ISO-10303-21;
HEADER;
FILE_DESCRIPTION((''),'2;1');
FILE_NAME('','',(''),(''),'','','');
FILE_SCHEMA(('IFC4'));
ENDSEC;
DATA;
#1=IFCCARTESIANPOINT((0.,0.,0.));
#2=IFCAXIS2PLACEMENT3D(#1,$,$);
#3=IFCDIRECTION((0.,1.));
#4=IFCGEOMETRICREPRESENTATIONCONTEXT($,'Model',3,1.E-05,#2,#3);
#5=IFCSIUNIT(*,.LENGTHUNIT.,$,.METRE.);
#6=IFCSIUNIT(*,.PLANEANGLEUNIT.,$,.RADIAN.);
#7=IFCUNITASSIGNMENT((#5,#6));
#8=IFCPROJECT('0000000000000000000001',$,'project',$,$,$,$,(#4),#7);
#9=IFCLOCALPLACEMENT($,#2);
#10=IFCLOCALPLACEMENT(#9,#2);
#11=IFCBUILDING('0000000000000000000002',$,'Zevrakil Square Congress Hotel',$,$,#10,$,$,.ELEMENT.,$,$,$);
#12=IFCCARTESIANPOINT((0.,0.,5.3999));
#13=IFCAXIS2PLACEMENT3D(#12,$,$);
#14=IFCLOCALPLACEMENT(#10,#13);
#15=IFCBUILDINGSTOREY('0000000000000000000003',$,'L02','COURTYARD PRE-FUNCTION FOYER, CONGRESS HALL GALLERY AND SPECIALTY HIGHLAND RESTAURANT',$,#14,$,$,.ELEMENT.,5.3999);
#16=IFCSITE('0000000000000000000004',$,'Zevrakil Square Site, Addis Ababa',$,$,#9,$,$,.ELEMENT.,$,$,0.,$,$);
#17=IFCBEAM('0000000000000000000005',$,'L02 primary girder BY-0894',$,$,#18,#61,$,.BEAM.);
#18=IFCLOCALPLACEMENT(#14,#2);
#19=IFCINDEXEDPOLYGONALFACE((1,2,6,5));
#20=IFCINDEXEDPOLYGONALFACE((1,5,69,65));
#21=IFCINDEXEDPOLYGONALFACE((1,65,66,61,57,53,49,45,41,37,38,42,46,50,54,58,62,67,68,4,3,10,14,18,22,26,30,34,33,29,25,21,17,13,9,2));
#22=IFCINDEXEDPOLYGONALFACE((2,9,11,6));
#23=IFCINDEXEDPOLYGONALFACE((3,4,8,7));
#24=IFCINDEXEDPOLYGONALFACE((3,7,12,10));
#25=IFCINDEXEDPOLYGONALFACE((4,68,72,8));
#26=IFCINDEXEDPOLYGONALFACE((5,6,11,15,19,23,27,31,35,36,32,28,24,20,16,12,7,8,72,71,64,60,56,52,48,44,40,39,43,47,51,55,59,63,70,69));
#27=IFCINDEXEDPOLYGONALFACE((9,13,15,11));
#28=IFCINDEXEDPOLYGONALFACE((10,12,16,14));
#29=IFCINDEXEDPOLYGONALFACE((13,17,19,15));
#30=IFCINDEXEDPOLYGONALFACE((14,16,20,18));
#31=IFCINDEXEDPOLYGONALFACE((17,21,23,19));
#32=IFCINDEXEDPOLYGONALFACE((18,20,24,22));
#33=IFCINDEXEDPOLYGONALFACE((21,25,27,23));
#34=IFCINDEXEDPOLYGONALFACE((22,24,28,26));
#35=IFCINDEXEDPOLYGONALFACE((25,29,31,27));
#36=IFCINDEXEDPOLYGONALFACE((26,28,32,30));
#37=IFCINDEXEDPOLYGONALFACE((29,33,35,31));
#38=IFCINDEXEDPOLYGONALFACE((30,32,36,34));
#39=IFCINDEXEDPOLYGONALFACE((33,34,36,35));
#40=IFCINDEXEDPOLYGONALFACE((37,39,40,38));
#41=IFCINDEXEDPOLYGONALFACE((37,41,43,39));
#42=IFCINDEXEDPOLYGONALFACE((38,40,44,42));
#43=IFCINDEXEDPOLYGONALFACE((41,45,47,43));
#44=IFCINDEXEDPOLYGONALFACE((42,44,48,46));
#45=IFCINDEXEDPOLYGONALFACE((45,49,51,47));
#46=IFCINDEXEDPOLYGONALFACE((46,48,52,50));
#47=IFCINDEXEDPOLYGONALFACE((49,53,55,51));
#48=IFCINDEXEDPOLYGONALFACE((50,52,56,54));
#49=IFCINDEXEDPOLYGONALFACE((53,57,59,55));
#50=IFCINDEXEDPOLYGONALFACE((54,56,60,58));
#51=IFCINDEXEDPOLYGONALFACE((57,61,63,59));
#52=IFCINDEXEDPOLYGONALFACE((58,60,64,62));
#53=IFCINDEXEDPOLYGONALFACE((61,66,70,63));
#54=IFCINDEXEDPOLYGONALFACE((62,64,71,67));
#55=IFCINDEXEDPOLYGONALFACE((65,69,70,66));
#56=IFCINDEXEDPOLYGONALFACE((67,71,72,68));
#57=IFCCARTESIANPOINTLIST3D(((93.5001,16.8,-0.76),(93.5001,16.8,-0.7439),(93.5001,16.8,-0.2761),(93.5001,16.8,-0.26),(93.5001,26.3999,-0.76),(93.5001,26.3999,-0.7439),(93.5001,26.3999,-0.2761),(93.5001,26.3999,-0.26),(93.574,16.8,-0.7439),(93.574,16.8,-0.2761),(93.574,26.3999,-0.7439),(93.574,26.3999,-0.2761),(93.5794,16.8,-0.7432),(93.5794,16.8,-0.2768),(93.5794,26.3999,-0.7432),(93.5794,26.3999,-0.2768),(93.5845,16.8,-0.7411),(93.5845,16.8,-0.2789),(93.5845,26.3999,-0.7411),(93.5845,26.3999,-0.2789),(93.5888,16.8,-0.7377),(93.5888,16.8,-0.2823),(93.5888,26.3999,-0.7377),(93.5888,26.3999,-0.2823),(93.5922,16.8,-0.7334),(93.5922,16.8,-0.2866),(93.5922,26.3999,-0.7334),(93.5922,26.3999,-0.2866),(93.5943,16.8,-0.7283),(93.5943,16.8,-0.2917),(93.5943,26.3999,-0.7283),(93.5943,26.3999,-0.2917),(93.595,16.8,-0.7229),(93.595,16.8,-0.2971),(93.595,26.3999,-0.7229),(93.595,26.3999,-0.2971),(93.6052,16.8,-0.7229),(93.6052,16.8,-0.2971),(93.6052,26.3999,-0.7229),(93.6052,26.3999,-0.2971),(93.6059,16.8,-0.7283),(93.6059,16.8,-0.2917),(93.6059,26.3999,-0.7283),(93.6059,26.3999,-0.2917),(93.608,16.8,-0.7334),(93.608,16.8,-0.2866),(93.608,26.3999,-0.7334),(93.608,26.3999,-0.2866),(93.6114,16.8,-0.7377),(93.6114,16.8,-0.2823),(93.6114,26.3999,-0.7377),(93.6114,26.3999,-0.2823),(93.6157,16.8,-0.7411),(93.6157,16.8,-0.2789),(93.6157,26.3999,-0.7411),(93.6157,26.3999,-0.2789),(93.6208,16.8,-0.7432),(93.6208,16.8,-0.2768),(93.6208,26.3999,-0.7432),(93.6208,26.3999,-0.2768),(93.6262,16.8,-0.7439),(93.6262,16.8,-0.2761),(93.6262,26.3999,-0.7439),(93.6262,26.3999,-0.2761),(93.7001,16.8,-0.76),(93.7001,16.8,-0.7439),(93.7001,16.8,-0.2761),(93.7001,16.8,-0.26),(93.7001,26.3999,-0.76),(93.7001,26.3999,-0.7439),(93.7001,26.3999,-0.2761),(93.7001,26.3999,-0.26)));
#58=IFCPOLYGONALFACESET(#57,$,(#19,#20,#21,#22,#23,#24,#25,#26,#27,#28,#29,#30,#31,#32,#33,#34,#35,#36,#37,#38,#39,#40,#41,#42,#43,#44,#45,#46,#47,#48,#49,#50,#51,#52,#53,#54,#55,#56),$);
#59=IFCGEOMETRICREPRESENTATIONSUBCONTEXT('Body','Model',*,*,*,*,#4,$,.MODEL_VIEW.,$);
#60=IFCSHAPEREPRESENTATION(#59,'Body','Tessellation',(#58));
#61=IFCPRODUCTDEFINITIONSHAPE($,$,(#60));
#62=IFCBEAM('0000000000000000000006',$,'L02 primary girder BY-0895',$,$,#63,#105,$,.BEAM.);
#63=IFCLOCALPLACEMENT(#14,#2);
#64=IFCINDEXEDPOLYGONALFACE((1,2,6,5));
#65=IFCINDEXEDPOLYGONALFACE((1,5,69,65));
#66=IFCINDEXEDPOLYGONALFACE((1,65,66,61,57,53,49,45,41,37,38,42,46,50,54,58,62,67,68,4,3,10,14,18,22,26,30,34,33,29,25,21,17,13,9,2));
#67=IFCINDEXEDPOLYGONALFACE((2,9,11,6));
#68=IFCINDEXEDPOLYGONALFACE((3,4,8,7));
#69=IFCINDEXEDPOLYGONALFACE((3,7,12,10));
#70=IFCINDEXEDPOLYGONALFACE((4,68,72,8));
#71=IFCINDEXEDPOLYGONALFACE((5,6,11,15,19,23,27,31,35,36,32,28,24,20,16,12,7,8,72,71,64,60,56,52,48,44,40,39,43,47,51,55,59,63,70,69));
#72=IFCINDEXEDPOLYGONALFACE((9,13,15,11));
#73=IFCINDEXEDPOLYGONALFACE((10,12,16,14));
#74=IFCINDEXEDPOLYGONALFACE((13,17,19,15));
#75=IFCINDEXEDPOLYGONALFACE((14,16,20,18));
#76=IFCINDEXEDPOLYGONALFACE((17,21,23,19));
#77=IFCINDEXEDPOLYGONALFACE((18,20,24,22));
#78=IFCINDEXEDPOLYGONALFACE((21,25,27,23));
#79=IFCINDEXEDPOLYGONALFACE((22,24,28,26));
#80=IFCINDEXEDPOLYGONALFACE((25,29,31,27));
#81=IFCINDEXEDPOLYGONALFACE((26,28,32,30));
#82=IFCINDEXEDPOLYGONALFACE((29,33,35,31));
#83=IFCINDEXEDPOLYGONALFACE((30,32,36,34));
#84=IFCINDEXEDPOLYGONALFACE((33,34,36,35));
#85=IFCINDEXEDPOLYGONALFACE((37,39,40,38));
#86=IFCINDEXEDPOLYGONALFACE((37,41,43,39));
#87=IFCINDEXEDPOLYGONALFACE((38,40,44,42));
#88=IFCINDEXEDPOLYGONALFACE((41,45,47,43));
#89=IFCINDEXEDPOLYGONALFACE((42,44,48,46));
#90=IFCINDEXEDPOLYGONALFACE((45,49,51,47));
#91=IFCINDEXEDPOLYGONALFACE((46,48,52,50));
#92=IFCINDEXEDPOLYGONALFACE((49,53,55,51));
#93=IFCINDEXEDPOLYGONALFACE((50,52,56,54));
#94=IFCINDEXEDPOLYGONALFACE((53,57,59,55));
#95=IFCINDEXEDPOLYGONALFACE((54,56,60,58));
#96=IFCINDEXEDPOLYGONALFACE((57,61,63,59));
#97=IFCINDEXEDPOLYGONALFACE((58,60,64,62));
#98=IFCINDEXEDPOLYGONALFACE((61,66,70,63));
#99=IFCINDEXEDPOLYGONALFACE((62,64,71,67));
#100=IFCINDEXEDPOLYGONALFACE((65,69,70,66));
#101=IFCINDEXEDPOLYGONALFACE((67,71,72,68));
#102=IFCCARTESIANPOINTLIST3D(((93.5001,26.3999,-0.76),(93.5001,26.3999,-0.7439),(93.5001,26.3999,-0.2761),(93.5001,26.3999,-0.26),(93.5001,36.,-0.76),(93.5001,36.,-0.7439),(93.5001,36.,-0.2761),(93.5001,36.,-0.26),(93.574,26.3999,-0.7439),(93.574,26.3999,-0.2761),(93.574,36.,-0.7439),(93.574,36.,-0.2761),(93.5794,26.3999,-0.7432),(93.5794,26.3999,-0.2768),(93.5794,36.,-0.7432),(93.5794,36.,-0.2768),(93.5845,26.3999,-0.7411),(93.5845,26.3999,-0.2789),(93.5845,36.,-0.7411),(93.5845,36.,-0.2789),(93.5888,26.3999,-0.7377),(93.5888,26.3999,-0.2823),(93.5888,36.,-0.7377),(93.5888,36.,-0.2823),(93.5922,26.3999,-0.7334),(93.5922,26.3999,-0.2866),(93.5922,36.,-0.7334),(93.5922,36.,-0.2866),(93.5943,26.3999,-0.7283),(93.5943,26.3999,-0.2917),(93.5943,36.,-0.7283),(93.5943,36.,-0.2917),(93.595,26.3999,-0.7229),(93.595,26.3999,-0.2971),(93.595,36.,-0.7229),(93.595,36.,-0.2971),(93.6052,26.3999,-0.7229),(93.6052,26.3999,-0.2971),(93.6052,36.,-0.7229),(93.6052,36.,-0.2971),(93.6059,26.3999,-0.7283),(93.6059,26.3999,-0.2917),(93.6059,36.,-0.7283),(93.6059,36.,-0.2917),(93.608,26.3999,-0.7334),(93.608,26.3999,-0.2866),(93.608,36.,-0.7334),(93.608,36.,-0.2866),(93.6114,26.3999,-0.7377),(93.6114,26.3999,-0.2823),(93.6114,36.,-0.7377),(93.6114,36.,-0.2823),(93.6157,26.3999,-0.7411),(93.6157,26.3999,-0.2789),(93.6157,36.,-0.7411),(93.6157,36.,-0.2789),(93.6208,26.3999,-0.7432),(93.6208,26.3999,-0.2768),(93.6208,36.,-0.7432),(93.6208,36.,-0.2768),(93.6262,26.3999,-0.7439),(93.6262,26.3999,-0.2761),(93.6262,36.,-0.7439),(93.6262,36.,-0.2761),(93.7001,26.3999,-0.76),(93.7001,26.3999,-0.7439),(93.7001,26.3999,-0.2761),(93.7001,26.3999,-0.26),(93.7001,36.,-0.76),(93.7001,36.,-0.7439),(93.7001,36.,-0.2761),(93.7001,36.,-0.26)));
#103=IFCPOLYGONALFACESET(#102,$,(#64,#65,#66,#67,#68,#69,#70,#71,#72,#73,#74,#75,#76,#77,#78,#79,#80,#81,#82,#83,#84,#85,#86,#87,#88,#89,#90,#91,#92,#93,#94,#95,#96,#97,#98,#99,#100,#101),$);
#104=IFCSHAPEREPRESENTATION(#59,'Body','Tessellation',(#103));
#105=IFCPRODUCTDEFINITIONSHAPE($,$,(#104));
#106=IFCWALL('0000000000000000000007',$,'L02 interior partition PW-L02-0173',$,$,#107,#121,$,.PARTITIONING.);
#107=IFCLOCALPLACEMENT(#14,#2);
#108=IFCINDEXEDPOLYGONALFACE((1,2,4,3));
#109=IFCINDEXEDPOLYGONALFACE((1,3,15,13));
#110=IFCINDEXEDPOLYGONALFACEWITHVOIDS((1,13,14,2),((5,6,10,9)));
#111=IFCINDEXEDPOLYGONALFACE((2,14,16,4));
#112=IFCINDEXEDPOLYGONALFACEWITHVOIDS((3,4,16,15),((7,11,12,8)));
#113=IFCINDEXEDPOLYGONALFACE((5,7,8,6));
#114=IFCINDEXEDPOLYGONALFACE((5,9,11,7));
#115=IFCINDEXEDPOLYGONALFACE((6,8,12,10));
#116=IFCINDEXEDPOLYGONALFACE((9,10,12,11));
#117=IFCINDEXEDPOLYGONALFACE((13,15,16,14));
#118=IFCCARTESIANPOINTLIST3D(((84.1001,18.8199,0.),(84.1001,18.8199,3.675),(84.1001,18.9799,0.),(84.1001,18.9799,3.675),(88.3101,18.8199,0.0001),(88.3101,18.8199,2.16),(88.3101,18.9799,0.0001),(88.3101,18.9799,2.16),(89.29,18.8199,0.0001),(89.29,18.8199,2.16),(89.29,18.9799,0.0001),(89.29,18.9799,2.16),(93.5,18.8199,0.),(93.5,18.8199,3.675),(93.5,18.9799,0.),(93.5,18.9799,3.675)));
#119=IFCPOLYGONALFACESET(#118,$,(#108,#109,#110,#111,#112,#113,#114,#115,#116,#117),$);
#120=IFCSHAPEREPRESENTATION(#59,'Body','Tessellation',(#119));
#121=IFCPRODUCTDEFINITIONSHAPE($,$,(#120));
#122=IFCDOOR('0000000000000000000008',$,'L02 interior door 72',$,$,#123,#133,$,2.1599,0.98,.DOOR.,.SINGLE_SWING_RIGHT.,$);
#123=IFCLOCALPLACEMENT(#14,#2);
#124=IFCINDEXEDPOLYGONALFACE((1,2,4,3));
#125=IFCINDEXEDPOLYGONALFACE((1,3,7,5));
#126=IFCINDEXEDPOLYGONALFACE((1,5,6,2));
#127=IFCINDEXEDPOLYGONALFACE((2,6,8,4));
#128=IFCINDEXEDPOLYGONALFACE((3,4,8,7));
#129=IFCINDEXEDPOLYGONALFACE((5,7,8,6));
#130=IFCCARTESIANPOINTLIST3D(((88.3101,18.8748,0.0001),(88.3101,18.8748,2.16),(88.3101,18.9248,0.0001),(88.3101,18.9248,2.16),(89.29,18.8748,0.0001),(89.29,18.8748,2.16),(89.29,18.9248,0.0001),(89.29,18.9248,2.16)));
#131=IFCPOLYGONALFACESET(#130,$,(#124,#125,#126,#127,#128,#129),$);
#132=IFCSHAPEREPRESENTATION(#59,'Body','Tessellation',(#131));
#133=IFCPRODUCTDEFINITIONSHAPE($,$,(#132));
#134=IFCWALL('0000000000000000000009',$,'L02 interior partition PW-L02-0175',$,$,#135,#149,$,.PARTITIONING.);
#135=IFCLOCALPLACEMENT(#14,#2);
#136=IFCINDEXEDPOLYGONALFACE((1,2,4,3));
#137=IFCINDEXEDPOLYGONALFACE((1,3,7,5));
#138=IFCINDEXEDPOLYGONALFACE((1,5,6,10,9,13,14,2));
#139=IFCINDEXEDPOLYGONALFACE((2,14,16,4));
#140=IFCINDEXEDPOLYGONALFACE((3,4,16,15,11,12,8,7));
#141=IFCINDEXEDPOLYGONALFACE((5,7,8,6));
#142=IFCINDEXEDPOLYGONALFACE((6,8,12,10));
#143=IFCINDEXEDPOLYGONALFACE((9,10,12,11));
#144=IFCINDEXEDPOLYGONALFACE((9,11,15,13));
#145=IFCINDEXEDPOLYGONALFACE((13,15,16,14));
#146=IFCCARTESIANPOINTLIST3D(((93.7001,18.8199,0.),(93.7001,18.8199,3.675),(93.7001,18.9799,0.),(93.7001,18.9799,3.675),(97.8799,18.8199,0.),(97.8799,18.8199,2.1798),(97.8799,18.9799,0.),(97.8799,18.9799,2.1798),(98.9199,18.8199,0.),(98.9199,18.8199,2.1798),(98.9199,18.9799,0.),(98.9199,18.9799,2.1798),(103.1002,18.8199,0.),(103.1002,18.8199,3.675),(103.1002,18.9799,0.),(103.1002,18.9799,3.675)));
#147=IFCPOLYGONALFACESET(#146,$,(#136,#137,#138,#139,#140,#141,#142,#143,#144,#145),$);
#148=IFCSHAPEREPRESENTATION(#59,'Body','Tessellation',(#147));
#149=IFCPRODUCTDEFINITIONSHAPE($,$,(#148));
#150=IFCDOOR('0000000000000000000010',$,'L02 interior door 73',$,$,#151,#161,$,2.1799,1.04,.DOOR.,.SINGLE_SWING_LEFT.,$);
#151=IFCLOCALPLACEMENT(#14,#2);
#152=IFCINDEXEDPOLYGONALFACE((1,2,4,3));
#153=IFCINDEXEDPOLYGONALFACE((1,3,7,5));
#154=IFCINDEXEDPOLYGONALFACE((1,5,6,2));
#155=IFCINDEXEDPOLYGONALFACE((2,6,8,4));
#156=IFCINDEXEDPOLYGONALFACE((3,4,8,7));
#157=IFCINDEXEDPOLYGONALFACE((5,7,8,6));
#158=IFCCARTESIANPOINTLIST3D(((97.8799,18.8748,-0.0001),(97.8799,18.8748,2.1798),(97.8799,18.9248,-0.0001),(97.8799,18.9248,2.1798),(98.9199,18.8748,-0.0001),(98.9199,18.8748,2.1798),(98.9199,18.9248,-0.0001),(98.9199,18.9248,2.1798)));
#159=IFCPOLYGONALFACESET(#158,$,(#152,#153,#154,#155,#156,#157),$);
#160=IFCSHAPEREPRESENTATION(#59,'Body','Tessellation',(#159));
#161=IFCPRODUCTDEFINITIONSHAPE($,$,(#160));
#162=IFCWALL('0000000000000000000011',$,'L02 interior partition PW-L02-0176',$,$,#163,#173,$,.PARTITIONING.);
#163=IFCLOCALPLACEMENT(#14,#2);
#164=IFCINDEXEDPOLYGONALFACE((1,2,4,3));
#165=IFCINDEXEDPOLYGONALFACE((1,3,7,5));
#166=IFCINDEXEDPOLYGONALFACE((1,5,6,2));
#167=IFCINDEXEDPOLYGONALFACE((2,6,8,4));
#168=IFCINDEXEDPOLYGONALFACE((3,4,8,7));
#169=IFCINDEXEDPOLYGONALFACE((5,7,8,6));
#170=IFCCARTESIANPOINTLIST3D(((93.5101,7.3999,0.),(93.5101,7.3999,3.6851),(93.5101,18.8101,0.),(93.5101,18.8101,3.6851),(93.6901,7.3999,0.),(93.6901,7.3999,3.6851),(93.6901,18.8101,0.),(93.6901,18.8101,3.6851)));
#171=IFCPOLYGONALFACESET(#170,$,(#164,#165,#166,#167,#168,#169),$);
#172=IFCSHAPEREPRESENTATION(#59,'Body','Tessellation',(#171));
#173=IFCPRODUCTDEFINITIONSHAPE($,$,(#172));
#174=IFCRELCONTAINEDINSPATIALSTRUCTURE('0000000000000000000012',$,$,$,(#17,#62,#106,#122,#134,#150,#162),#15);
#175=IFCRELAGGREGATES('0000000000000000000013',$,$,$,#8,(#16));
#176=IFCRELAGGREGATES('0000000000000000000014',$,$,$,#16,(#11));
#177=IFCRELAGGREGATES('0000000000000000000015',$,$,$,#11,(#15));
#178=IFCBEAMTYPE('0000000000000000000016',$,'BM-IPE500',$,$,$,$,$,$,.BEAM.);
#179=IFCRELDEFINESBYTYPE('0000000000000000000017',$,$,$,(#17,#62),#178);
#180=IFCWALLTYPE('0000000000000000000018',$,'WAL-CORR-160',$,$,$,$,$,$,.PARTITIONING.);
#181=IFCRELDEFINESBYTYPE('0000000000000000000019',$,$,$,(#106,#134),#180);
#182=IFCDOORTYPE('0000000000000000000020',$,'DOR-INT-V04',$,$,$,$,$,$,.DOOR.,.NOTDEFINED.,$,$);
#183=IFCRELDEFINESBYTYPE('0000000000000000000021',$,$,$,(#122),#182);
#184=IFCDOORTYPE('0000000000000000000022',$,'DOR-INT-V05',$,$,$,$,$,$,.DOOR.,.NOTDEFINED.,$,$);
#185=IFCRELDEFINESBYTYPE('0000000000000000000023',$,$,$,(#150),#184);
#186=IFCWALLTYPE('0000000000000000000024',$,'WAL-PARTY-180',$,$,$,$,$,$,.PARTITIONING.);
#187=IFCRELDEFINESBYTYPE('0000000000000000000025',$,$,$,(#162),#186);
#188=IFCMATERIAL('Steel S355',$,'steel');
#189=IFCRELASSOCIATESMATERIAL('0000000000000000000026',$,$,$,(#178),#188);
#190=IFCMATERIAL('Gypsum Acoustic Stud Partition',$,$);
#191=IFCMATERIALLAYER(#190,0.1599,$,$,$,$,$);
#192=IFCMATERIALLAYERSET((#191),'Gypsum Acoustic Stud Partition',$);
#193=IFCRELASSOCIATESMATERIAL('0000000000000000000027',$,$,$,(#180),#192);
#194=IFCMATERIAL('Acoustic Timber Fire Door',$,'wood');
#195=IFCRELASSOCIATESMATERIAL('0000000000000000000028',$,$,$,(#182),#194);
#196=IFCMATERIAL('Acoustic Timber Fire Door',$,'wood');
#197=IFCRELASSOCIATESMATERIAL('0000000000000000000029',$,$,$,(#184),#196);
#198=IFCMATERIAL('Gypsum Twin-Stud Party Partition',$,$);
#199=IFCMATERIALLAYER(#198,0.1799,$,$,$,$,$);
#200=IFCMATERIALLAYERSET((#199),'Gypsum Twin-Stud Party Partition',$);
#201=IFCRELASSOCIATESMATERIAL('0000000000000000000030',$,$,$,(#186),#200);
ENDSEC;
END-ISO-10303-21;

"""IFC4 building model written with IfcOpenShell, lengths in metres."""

from ifc_helpers import new_model, si_unit, direction, frame, frame_2d, origin, origin_2d, place, context, subcontext, project, spatial, rectangle, i_section, extrude, material, layer, layer_set, material_profile, profile_set, type_object, element, fill, save


model = new_model("IFC4")

# Units and contexts
model_context = context("Model", 3, precision=1e-05, world=origin(), true_north=direction((0.0, 1.0)))
body_context = subcontext(model_context, "Body", "Model", "MODEL_VIEW")
ifc_project = project(units=[si_unit("LENGTHUNIT", "METRE"), si_unit("PLANEANGLEUNIT", "RADIAN")], contexts=[model_context])

# Site, building, storey
site_placement = place(None, origin())
site = spatial("IfcSite", under=ifc_project, at=site_placement, Name="Zevrakil Square Site, Addis Ababa", CompositionType="ELEMENT", RefElevation=0.0)
building_placement = place(site_placement, origin())
building = spatial("IfcBuilding", under=site, at=building_placement, Name="Zevrakil Square Congress Hotel", CompositionType="ELEMENT")
storey_placement = place(building_placement, frame((0.0, 0.0, 5.3999)))
storey = spatial("IfcBuildingStorey", under=building, at=storey_placement, Name="L02", Description="COURTYARD PRE-FUNCTION FOYER, CONGRESS HALL GALLERY AND SPECIALTY HIGHLAND RESTAURANT", CompositionType="ELEMENT", Elevation=5.3999)

# Beams
ifc_material_1 = material(Name="Steel S355", Category="steel")
ifc_material_profile_1 = material_profile(ifc_material_1, i_section(OverallWidth=0.2, OverallDepth=0.5, WebThickness=0.0103, FlangeThickness=0.0161, FilletRadius=0.021, at=origin_2d()), Name="IPE 500")
ifc_profile_set_1 = profile_set([ifc_material_profile_1], Name="Steel S355")
beam_type_1 = type_object("IfcBeamType", Name="BM-IPE500", PredefinedType="BEAM", material=ifc_profile_set_1)
beam_1_placement = place(storey_placement, frame((93.6001, 16.8, -0.51), z_axis=(0.0, 1.0, 0.0), x_axis=(-1.0, 0.0, 0.0)))
element("IfcBeam", 1, at=beam_1_placement, inside=storey, type_object=beam_type_1, Name="L02 primary girder BY-0894", PredefinedType="BEAM", context=body_context, shape_type="SweptSolid", body=[
    extrude(i_section(OverallWidth=0.2, OverallDepth=0.5, WebThickness=0.0103, FlangeThickness=0.0161, FilletRadius=0.021, at=origin_2d()), origin(), (0.0, 0.0, 1.0), 9.5999),
])
beam_2_placement = place(storey_placement, frame((93.6001, 26.3999, -0.51), z_axis=(0.0, 1.0, 0.0), x_axis=(-1.0, 0.0, 0.0)))
element("IfcBeam", 2, at=beam_2_placement, inside=storey, type_object=beam_type_1, Name="L02 primary girder BY-0895", PredefinedType="BEAM", context=body_context, shape_type="SweptSolid", body=[
    extrude(i_section(OverallWidth=0.2, OverallDepth=0.5, WebThickness=0.0103, FlangeThickness=0.0161, FilletRadius=0.021, at=origin_2d()), origin(), (0.0, 0.0, 1.0), 9.6001),
])

# Walls, openings, doors
ifc_material_2 = material(Name="Gypsum Acoustic Stud Partition")
ifc_layer_1 = layer(ifc_material_2, 0.1599)
ifc_layer_set_1 = layer_set([ifc_layer_1], Name="Gypsum Acoustic Stud Partition")
wall_type_1 = type_object("IfcWallType", Name="WAL-CORR-160", PredefinedType="PARTITIONING", material=ifc_layer_set_1)
wall_1_placement = place(storey_placement, frame((84.1001, 18.8999, 0.0), z_axis=(0.0, 0.0, 1.0), x_axis=(1.0, 0.0, 0.0)))
wall_1 = element("IfcWall", 3, at=wall_1_placement, inside=storey, type_object=wall_type_1, Name="L02 interior partition PW-L02-0173", PredefinedType="PARTITIONING", context=body_context, shape_type="SweptSolid", body=[
    extrude(rectangle(XDim=9.3999, YDim=0.1599, at=frame_2d((4.7, 0.0))), origin(), (0.0, 0.0, 1.0), 3.675),
])
opening_1_placement = place(wall_1_placement, frame((4.21, 0.0, 0.0)))
opening_1 = element("IfcOpeningElement", 4, at=opening_1_placement, cuts=wall_1, PredefinedType="OPENING", context=body_context, shape_type="SweptSolid", body=[
    extrude(rectangle(XDim=0.98, YDim=2.1599, at=frame_2d((0.49, 1.0801))), frame((0.0, 0.0898, 0.0), z_axis=(0.0, -1.0, 0.0), x_axis=(1.0, 0.0, 0.0)), (0.0, 0.0, 1.0), 0.1799),
])
ifc_material_3 = material(Name="Acoustic Timber Fire Door", Category="wood")
door_type_1 = type_object("IfcDoorType", Name="DOR-INT-V04", OperationType="NOTDEFINED", PredefinedType="DOOR", material=ifc_material_3)
door_1_placement = place(opening_1_placement, origin())
door_1 = element("IfcDoor", 5, at=door_1_placement, inside=storey, type_object=door_type_1, Name="L02 interior door 72", OperationType="SINGLE_SWING_RIGHT", OverallHeight=2.1599, OverallWidth=0.98, PredefinedType="DOOR", context=body_context, shape_type="SweptSolid", body=[
    extrude(rectangle(XDim=0.98, YDim=2.1599, at=frame_2d((0.49, 1.0801))), frame((0.0, 0.0249, 0.0), z_axis=(0.0, -1.0, 0.0), x_axis=(1.0, 0.0, 0.0)), (0.0, 0.0, 1.0), 0.05),
])
fill(opening_1, door_1)
wall_2_placement = place(storey_placement, frame((93.7, 18.8999, 0.0), z_axis=(0.0, 0.0, 1.0), x_axis=(1.0, 0.0, 0.0)))
wall_2 = element("IfcWall", 6, at=wall_2_placement, inside=storey, type_object=wall_type_1, Name="L02 interior partition PW-L02-0175", PredefinedType="PARTITIONING", context=body_context, shape_type="SweptSolid", body=[
    extrude(rectangle(XDim=9.4001, YDim=0.1599, at=frame_2d((4.7002, 0.0))), origin(), (0.0, 0.0, 1.0), 3.675),
])
opening_2_placement = place(wall_2_placement, frame((4.1799, 0.0, 0.0)))
opening_2 = element("IfcOpeningElement", 7, at=opening_2_placement, cuts=wall_2, PredefinedType="OPENING", context=body_context, shape_type="SweptSolid", body=[
    extrude(rectangle(XDim=1.04, YDim=2.1799, at=frame_2d((0.52, 1.0898))), frame((0.0, 0.0898, 0.0), z_axis=(0.0, -1.0, 0.0), x_axis=(1.0, 0.0, 0.0)), (0.0, 0.0, 1.0), 0.1799),
])
ifc_material_4 = material(Name="Acoustic Timber Fire Door", Category="wood")
door_type_2 = type_object("IfcDoorType", Name="DOR-INT-V05", OperationType="NOTDEFINED", PredefinedType="DOOR", material=ifc_material_4)
door_2_placement = place(opening_2_placement, origin())
door_2 = element("IfcDoor", 8, at=door_2_placement, inside=storey, type_object=door_type_2, Name="L02 interior door 73", OperationType="SINGLE_SWING_LEFT", OverallHeight=2.1799, OverallWidth=1.04, PredefinedType="DOOR", context=body_context, shape_type="SweptSolid", body=[
    extrude(rectangle(XDim=1.04, YDim=2.1799, at=frame_2d((0.52, 1.0898))), frame((0.0, 0.0249, 0.0), z_axis=(0.0, -1.0, 0.0), x_axis=(1.0, 0.0, 0.0)), (0.0, 0.0, 1.0), 0.05),
])
fill(opening_2, door_2)

# Wall
ifc_material_5 = material(Name="Gypsum Twin-Stud Party Partition")
ifc_layer_2 = layer(ifc_material_5, 0.1799)
ifc_layer_set_2 = layer_set([ifc_layer_2], Name="Gypsum Twin-Stud Party Partition")
wall_type_2 = type_object("IfcWallType", Name="WAL-PARTY-180", PredefinedType="PARTITIONING", material=ifc_layer_set_2)
wall_3_placement = place(storey_placement, frame((93.6001, 7.3999, 0.0), z_axis=(0.0, 0.0, 1.0), x_axis=(0.0, 1.0, 0.0)))
element("IfcWall", 9, at=wall_3_placement, inside=storey, type_object=wall_type_2, Name="L02 interior partition PW-L02-0176", PredefinedType="PARTITIONING", context=body_context, shape_type="SweptSolid", body=[
    extrude(rectangle(XDim=11.4102, YDim=0.1799, at=frame_2d((5.7051, 0.0))), origin(), (0.0, 0.0, 1.0), 3.6851),
])

save(model, "model.ifc")
